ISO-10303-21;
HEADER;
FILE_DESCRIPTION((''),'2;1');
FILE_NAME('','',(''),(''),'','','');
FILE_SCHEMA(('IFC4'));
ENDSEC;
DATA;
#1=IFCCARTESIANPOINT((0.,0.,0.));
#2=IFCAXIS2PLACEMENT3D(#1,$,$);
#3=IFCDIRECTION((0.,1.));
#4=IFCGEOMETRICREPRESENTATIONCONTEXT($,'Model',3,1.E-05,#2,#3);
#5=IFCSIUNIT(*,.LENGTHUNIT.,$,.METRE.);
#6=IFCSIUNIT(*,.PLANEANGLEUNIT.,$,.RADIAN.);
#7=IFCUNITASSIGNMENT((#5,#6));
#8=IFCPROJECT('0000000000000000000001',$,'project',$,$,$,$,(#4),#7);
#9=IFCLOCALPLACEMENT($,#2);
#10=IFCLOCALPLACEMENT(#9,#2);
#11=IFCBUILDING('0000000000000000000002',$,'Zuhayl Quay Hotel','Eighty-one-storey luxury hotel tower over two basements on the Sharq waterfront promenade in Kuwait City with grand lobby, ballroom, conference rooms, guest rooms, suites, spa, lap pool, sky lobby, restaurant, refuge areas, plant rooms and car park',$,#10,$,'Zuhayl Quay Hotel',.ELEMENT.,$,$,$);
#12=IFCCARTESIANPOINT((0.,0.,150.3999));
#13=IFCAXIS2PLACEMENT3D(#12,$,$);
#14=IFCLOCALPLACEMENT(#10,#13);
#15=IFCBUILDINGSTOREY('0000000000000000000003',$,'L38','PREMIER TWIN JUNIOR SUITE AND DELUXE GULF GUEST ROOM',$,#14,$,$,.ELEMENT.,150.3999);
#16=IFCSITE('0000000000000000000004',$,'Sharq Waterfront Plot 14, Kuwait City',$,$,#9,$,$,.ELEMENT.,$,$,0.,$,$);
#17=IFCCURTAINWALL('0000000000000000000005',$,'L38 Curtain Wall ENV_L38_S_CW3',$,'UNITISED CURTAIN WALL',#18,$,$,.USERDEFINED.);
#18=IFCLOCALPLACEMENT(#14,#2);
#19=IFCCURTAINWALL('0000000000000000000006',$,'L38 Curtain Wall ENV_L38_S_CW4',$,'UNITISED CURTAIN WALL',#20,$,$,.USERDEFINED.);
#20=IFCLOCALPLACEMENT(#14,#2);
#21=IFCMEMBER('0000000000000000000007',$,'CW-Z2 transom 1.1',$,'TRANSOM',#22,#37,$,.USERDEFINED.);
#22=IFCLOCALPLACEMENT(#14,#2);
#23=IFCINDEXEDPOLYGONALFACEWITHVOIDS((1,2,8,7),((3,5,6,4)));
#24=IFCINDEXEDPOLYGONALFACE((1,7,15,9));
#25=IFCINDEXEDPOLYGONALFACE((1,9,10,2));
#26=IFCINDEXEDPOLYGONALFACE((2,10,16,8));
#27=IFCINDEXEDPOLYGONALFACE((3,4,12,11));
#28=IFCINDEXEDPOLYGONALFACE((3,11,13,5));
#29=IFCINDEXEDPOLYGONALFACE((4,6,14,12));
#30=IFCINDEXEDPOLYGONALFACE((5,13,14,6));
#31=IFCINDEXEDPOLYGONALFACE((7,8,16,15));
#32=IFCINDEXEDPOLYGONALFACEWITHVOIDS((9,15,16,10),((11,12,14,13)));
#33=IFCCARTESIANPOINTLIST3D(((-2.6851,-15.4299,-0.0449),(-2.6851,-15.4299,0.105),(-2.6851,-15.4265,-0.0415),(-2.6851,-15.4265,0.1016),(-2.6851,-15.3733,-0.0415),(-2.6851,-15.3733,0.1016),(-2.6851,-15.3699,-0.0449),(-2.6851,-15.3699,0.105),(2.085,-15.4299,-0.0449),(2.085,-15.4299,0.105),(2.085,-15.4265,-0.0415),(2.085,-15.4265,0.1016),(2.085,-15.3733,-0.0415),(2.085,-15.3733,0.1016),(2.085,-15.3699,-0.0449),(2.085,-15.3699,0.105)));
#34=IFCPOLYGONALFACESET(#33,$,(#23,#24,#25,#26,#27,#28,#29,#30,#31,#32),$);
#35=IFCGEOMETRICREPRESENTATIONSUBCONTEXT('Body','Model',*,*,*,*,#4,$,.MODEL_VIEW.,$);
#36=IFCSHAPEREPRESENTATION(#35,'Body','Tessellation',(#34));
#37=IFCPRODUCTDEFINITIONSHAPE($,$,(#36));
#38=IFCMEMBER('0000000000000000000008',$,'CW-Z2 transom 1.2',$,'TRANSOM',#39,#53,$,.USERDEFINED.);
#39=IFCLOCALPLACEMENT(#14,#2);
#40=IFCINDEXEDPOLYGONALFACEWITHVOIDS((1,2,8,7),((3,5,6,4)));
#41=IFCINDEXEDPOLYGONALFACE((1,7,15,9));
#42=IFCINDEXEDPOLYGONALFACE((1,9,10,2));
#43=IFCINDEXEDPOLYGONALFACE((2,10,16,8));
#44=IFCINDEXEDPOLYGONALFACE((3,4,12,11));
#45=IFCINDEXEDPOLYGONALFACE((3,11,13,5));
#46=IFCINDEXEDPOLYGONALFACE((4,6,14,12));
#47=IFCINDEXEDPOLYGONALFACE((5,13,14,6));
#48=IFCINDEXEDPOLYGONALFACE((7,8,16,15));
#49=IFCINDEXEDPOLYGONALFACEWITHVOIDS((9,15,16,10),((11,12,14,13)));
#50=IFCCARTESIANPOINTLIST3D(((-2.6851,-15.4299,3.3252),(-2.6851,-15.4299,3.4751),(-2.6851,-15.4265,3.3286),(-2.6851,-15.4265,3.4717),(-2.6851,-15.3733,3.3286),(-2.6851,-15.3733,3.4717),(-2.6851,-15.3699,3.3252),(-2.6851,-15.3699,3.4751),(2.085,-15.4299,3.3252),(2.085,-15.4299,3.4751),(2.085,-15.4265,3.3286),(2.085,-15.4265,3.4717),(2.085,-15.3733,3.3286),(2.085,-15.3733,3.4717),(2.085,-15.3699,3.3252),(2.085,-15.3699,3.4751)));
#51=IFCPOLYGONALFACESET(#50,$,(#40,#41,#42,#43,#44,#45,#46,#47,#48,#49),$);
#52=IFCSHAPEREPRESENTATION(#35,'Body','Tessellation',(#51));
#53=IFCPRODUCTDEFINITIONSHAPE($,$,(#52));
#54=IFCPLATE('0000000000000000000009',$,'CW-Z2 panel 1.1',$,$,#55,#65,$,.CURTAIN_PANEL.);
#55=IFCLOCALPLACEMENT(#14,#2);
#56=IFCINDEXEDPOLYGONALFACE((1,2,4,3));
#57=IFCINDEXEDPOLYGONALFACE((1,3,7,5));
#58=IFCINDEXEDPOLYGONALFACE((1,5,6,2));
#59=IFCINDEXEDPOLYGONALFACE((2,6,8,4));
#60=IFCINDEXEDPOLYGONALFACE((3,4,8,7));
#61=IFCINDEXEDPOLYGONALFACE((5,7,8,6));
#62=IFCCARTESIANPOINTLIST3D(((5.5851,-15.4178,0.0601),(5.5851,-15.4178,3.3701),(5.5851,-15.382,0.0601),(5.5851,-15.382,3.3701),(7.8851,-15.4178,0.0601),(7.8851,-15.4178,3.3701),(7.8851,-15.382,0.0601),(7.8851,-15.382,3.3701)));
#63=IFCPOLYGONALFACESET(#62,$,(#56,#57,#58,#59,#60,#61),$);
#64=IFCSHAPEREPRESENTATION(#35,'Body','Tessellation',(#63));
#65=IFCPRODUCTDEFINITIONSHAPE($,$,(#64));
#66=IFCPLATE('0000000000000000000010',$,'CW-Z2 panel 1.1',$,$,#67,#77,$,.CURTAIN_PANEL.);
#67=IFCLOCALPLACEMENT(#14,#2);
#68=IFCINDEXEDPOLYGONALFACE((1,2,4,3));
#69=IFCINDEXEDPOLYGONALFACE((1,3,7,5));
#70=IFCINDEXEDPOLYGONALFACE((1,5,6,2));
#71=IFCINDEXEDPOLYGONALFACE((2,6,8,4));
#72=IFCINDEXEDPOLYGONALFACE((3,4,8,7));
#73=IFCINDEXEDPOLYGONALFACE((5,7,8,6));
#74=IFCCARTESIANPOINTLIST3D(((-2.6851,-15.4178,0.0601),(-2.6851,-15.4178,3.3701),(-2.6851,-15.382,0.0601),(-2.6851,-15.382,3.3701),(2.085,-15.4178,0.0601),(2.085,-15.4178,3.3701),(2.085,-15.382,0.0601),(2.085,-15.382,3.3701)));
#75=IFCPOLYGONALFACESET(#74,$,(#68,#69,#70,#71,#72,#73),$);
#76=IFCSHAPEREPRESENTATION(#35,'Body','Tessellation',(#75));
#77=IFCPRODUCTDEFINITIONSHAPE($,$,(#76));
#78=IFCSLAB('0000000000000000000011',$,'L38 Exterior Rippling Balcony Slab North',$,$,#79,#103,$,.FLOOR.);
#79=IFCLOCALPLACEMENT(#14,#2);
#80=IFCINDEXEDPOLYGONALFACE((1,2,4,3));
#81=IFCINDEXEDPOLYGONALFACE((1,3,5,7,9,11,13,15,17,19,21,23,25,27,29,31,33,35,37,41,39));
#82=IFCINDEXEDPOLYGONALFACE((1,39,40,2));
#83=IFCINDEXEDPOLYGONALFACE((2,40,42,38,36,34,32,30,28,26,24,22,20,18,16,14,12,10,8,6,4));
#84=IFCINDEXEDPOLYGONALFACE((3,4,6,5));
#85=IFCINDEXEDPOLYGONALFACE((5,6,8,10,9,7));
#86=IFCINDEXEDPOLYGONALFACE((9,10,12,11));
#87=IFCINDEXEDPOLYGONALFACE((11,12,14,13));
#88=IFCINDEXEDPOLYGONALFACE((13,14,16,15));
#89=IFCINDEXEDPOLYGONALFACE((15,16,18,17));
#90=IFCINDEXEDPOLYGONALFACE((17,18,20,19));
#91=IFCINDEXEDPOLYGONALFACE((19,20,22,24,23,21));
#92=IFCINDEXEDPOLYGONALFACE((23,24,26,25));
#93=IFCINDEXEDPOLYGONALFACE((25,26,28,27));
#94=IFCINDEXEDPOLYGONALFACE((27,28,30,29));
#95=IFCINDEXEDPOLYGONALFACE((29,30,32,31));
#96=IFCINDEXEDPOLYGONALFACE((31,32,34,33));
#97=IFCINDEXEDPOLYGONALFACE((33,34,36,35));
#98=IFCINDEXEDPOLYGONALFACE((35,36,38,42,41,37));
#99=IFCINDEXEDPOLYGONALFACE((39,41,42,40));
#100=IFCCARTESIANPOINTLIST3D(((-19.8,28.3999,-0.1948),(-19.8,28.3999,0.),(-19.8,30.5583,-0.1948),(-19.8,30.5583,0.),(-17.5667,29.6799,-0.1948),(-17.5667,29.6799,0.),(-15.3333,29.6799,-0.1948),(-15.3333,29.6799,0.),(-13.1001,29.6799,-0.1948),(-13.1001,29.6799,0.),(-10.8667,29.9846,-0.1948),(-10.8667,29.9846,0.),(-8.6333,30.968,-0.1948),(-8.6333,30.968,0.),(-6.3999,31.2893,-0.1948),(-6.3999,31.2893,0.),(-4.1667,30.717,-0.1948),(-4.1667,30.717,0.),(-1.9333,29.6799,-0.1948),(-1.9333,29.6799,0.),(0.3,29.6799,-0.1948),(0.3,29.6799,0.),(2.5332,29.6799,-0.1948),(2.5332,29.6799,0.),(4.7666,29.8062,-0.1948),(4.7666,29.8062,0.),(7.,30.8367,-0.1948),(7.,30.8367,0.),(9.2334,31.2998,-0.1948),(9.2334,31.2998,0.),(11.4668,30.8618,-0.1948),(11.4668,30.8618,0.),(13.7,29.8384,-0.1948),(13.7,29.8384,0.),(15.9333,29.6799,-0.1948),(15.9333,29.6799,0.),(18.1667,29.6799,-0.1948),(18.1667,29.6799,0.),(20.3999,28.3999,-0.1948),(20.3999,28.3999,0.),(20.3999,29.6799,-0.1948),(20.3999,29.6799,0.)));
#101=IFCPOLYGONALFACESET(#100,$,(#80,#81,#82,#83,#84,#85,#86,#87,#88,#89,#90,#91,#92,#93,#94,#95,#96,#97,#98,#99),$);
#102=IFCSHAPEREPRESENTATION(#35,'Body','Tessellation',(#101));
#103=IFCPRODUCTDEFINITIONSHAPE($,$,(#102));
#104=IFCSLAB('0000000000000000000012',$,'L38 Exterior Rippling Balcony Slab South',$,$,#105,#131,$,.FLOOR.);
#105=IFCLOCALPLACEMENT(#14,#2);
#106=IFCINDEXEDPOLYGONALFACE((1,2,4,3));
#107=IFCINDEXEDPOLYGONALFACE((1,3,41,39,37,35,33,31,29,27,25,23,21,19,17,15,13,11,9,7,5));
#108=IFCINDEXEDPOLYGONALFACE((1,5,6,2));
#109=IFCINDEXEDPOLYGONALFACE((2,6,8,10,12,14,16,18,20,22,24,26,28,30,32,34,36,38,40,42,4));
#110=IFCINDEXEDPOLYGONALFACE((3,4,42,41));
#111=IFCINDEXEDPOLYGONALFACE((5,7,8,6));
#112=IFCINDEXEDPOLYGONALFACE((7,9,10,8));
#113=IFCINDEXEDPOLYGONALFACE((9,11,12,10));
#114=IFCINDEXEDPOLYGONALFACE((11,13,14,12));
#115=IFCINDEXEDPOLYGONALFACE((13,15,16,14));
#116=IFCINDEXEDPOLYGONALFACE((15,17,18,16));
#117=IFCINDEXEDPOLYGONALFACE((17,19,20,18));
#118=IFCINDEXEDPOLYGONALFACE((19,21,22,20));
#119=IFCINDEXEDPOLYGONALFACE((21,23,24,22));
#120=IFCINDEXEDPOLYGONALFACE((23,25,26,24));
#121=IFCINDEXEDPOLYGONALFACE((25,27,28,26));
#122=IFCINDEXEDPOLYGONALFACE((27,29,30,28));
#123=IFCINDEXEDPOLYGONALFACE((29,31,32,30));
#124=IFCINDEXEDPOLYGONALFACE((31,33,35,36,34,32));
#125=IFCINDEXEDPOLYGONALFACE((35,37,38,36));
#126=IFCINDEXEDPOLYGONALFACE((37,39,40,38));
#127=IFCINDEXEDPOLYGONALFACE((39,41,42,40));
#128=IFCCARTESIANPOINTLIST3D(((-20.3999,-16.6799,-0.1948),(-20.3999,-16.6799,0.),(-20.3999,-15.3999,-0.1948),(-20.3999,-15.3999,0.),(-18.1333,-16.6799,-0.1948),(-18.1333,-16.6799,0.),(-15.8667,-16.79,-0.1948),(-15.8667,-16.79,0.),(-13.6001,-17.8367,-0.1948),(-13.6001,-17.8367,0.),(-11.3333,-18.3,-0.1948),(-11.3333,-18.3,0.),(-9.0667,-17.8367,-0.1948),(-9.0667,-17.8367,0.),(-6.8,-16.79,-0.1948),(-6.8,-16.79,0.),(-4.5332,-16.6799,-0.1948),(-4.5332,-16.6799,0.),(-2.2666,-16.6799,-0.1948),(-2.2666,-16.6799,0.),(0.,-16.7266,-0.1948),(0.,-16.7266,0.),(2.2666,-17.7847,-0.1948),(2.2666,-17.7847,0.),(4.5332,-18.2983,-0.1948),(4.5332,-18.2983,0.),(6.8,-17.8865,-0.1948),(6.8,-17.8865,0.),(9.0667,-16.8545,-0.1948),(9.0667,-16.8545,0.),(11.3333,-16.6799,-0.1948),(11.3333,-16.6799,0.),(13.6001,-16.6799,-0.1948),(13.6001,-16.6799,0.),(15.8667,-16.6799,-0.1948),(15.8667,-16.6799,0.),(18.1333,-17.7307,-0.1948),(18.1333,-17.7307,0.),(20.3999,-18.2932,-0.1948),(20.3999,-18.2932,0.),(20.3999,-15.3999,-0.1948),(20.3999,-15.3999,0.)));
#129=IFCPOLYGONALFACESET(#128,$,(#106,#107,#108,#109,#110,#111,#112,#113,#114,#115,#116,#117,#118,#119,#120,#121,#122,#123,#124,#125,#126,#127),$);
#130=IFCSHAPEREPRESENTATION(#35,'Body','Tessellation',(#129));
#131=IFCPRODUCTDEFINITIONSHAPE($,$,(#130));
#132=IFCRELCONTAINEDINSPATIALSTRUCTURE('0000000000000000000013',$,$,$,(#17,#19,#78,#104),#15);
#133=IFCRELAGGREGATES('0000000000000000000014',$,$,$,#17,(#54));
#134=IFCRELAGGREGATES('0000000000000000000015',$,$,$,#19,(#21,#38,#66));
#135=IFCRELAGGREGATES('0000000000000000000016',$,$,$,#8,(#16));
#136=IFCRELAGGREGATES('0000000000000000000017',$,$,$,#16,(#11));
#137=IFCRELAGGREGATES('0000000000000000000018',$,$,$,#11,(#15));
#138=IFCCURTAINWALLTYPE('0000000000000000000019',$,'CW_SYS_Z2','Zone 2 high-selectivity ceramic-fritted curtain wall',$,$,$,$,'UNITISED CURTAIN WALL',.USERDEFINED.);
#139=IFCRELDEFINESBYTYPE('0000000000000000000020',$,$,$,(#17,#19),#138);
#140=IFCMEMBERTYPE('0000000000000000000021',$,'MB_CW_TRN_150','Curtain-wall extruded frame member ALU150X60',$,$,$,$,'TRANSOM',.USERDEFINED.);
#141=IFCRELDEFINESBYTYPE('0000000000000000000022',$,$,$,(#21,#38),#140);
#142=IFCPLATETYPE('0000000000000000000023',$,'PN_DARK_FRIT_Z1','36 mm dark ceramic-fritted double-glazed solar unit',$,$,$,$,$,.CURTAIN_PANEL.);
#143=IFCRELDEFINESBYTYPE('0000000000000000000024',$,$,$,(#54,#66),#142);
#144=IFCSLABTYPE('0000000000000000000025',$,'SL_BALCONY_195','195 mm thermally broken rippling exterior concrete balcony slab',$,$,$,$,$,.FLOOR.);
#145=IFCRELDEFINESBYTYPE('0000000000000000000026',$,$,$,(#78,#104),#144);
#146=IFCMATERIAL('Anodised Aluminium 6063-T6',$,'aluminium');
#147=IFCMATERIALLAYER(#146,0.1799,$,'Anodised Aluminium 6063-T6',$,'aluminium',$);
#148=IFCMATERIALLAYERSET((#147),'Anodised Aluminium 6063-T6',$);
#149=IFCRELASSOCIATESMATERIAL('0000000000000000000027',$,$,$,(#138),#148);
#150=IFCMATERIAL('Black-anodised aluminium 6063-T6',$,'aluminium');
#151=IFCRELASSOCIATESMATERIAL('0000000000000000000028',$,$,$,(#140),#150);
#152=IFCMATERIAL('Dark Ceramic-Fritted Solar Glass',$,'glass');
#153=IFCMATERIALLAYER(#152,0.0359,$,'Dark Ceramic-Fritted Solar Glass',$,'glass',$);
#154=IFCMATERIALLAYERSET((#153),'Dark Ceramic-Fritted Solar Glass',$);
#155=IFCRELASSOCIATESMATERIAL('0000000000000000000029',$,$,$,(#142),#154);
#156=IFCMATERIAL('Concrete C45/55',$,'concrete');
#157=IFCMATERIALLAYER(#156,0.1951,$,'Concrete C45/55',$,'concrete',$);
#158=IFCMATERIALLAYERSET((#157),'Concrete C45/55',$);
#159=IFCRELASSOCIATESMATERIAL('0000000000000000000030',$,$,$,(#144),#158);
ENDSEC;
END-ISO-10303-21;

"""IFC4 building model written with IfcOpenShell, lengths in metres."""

from ifc_helpers import new_model, si_unit, direction, frame, origin, origin_2d, place, context, subcontext, project, spatial, polyline, rectangle, hollow_rectangle, outline, extrude, material, layer, layer_set, material_profile, profile_set, type_object, element, aggregate, save


model = new_model("IFC4")

# Units and contexts
model_context = context("Model", 3, precision=1e-05, world=origin(), true_north=direction((0.0, 1.0)))
body_context = subcontext(model_context, "Body", "Model", "MODEL_VIEW")
ifc_project = project(units=[si_unit("LENGTHUNIT", "METRE"), si_unit("PLANEANGLEUNIT", "RADIAN")], contexts=[model_context])

# Site, building, storey
site_placement = place(None, origin())
site = spatial("IfcSite", under=ifc_project, at=site_placement, Name="Sharq Waterfront Plot 14, Kuwait City", CompositionType="ELEMENT", RefElevation=0.0)
building_placement = place(site_placement, origin())
building = spatial("IfcBuilding", under=site, at=building_placement, Name="Zuhayl Quay Hotel", Description="Eighty-one-storey luxury hotel tower over two basements on the Sharq waterfront promenade in Kuwait City with grand lobby, ballroom, conference rooms, guest rooms, suites, spa, lap pool, sky lobby, restaurant, refuge areas, plant rooms and car park", LongName="Zuhayl Quay Hotel", CompositionType="ELEMENT")
storey_placement = place(building_placement, frame((0.0, 0.0, 150.3999)))
storey = spatial("IfcBuildingStorey", under=building, at=storey_placement, Name="L38", Description="PREMIER TWIN JUNIOR SUITE AND DELUXE GULF GUEST ROOM", CompositionType="ELEMENT", Elevation=150.3999)

# Curtain wall
ifc_material_1 = material(Name="Anodised Aluminium 6063-T6", Category="aluminium")
ifc_layer_1 = layer(ifc_material_1, 0.1799, Name="Anodised Aluminium 6063-T6", Category="aluminium")
ifc_layer_set_1 = layer_set([ifc_layer_1], Name="Anodised Aluminium 6063-T6")
curtain_wall_type = type_object("IfcCurtainWallType", Name="CW_SYS_Z2", Description="Zone 2 high-selectivity ceramic-fritted curtain wall", ElementType="UNITISED CURTAIN WALL", PredefinedType="USERDEFINED", material=ifc_layer_set_1)
curtain_wall_1_placement = place(storey_placement, origin())
curtain_wall_1 = element("IfcCurtainWall", 1, at=curtain_wall_1_placement, inside=storey, type_object=curtain_wall_type, Name="L38 Curtain Wall ENV_L38_S_CW3", ObjectType="UNITISED CURTAIN WALL", PredefinedType="USERDEFINED")
ifc_material_2 = material(Name="Black-anodised aluminium 6063-T6", Category="aluminium")

# Curtain wall, members
curtain_wall_2_placement = place(storey_placement, origin())
curtain_wall_2 = element("IfcCurtainWall", 2, at=curtain_wall_2_placement, inside=storey, type_object=curtain_wall_type, Name="L38 Curtain Wall ENV_L38_S_CW4", ObjectType="UNITISED CURTAIN WALL", PredefinedType="USERDEFINED")
ifc_material_profile_1 = material_profile(ifc_material_2, hollow_rectangle(XDim=0.0601, YDim=0.1499, WallThickness=0.0034, at=origin_2d()), Name="ALU150X60")
ifc_profile_set_1 = profile_set([ifc_material_profile_1], Name="Black-anodised aluminium 6063-T6")
member_type_1 = type_object("IfcMemberType", Name="MB_CW_TRN_150", Description="Curtain-wall extruded frame member ALU150X60", ElementType="TRANSOM", PredefinedType="USERDEFINED", material=ifc_profile_set_1)
member_1_placement = place(storey_placement, frame((2.085, -15.3999, 0.03), z_axis=(-1.0, 0.0, 0.0), x_axis=(0.0, -1.0, 0.0)))
member_1 = element("IfcMember", 3, at=member_1_placement, type_object=member_type_1, Name="CW-Z2 transom 1.1", ObjectType="TRANSOM", PredefinedType="USERDEFINED", context=body_context, shape_type="SweptSolid", body=[
    extrude(hollow_rectangle(XDim=0.0601, YDim=0.1499, WallThickness=0.0034, at=origin_2d()), origin(), (0.0, 0.0, 1.0), 4.77),
])
member_2_placement = place(storey_placement, frame((2.085, -15.3999, 3.4001), z_axis=(-1.0, 0.0, 0.0), x_axis=(0.0, -1.0, 0.0)))
member_2 = element("IfcMember", 4, at=member_2_placement, type_object=member_type_1, Name="CW-Z2 transom 1.2", ObjectType="TRANSOM", PredefinedType="USERDEFINED", context=body_context, shape_type="SweptSolid", body=[
    extrude(hollow_rectangle(XDim=0.0601, YDim=0.1499, WallThickness=0.0034, at=origin_2d()), origin(), (0.0, 0.0, 1.0), 4.77),
])

# Plates
ifc_material_3 = material(Name="Dark Ceramic-Fritted Solar Glass", Category="glass")
ifc_layer_2 = layer(ifc_material_3, 0.0359, Name="Dark Ceramic-Fritted Solar Glass", Category="glass")
ifc_layer_set_2 = layer_set([ifc_layer_2], Name="Dark Ceramic-Fritted Solar Glass")
plate_type = type_object("IfcPlateType", Name="PN_DARK_FRIT_Z1", Description="36 mm dark ceramic-fritted double-glazed solar unit", PredefinedType="CURTAIN_PANEL", material=ifc_layer_set_2)
plate_1_placement = place(storey_placement, frame((6.7351, -15.3999, 0.0601), z_axis=(0.0, 0.0, 1.0), x_axis=(-1.0, 0.0, 0.0)))
plate_1 = element("IfcPlate", 5, at=plate_1_placement, type_object=plate_type, Name="CW-Z2 panel 1.1", PredefinedType="CURTAIN_PANEL", context=body_context, shape_type="SweptSolid", body=[
    extrude(rectangle(XDim=2.3, YDim=0.0359, at=origin_2d()), origin(), (0.0, 0.0, 1.0), 3.3101),
])
aggregate(curtain_wall_1, [plate_1])
plate_2_placement = place(storey_placement, frame((-0.3, -15.3999, 0.0601), z_axis=(0.0, 0.0, 1.0), x_axis=(-1.0, 0.0, 0.0)))
plate_2 = element("IfcPlate", 6, at=plate_2_placement, type_object=plate_type, Name="CW-Z2 panel 1.1", PredefinedType="CURTAIN_PANEL", context=body_context, shape_type="SweptSolid", body=[
    extrude(rectangle(XDim=4.77, YDim=0.0359, at=origin_2d()), origin(), (0.0, 0.0, 1.0), 3.3101),
])
aggregate(curtain_wall_2, [member_1, member_2, plate_2])

# Slabs
ifc_material_4 = material(Name="Concrete C45/55", Category="concrete")
ifc_layer_3 = layer(ifc_material_4, 0.1951, Name="Concrete C45/55", Category="concrete")
ifc_layer_set_3 = layer_set([ifc_layer_3], Name="Concrete C45/55")
slab_type_1 = type_object("IfcSlabType", Name="SL_BALCONY_195", Description="195 mm thermally broken rippling exterior concrete balcony slab", PredefinedType="FLOOR", material=ifc_layer_set_3)
slab_1_placement = place(storey_placement, frame((0.0, 0.0, -0.1948)))
element("IfcSlab", 7, at=slab_1_placement, inside=storey, type_object=slab_type_1, Name="L38 Exterior Rippling Balcony Slab North", PredefinedType="FLOOR", context=body_context, shape_type="SweptSolid", body=[
    extrude(outline(polyline([(-19.8, 28.3999), (20.3999, 28.3999), (20.3999, 29.6799), (18.1667, 29.6799), (15.9333, 29.6799), (13.7, 29.8384), (11.4668, 30.8618), (9.2334, 31.2998), (7.0, 30.8367), (4.7666, 29.8062), (2.5332, 29.6799), (0.3, 29.6799), (-1.9333, 29.6799), (-4.1667, 30.717), (-6.3999, 31.2893), (-8.6333, 30.968), (-10.8667, 29.9846), (-13.1001, 29.6799), (-15.3333, 29.6799), (-17.5667, 29.6799), (-19.8, 30.5583), (-19.8, 28.3999)])), origin(), (0.0, 0.0, 1.0), 0.1948),
])
slab_2_placement = place(storey_placement, frame((0.0, 0.0, -0.1948)))
element("IfcSlab", 8, at=slab_2_placement, inside=storey, type_object=slab_type_1, Name="L38 Exterior Rippling Balcony Slab South", PredefinedType="FLOOR", context=body_context, shape_type="SweptSolid", body=[
    extrude(outline(polyline([(-20.3999, -16.6799), (-18.1333, -16.6799), (-15.8667, -16.79), (-13.6001, -17.8367), (-11.3333, -18.3), (-9.0667, -17.8367), (-6.8, -16.79), (-4.5332, -16.6799), (-2.2666, -16.6799), (0.0, -16.7266), (2.2666, -17.7847), (4.5332, -18.2983), (6.8, -17.8865), (9.0667, -16.8545), (11.3333, -16.6799), (13.6001, -16.6799), (15.8667, -16.6799), (18.1333, -17.7307), (20.3999, -18.2932), (20.3999, -15.3999), (-20.3999, -15.3999), (-20.3999, -16.6799)])), origin(), (0.0, 0.0, 1.0), 0.1948),
])

save(model, "model.ifc")
